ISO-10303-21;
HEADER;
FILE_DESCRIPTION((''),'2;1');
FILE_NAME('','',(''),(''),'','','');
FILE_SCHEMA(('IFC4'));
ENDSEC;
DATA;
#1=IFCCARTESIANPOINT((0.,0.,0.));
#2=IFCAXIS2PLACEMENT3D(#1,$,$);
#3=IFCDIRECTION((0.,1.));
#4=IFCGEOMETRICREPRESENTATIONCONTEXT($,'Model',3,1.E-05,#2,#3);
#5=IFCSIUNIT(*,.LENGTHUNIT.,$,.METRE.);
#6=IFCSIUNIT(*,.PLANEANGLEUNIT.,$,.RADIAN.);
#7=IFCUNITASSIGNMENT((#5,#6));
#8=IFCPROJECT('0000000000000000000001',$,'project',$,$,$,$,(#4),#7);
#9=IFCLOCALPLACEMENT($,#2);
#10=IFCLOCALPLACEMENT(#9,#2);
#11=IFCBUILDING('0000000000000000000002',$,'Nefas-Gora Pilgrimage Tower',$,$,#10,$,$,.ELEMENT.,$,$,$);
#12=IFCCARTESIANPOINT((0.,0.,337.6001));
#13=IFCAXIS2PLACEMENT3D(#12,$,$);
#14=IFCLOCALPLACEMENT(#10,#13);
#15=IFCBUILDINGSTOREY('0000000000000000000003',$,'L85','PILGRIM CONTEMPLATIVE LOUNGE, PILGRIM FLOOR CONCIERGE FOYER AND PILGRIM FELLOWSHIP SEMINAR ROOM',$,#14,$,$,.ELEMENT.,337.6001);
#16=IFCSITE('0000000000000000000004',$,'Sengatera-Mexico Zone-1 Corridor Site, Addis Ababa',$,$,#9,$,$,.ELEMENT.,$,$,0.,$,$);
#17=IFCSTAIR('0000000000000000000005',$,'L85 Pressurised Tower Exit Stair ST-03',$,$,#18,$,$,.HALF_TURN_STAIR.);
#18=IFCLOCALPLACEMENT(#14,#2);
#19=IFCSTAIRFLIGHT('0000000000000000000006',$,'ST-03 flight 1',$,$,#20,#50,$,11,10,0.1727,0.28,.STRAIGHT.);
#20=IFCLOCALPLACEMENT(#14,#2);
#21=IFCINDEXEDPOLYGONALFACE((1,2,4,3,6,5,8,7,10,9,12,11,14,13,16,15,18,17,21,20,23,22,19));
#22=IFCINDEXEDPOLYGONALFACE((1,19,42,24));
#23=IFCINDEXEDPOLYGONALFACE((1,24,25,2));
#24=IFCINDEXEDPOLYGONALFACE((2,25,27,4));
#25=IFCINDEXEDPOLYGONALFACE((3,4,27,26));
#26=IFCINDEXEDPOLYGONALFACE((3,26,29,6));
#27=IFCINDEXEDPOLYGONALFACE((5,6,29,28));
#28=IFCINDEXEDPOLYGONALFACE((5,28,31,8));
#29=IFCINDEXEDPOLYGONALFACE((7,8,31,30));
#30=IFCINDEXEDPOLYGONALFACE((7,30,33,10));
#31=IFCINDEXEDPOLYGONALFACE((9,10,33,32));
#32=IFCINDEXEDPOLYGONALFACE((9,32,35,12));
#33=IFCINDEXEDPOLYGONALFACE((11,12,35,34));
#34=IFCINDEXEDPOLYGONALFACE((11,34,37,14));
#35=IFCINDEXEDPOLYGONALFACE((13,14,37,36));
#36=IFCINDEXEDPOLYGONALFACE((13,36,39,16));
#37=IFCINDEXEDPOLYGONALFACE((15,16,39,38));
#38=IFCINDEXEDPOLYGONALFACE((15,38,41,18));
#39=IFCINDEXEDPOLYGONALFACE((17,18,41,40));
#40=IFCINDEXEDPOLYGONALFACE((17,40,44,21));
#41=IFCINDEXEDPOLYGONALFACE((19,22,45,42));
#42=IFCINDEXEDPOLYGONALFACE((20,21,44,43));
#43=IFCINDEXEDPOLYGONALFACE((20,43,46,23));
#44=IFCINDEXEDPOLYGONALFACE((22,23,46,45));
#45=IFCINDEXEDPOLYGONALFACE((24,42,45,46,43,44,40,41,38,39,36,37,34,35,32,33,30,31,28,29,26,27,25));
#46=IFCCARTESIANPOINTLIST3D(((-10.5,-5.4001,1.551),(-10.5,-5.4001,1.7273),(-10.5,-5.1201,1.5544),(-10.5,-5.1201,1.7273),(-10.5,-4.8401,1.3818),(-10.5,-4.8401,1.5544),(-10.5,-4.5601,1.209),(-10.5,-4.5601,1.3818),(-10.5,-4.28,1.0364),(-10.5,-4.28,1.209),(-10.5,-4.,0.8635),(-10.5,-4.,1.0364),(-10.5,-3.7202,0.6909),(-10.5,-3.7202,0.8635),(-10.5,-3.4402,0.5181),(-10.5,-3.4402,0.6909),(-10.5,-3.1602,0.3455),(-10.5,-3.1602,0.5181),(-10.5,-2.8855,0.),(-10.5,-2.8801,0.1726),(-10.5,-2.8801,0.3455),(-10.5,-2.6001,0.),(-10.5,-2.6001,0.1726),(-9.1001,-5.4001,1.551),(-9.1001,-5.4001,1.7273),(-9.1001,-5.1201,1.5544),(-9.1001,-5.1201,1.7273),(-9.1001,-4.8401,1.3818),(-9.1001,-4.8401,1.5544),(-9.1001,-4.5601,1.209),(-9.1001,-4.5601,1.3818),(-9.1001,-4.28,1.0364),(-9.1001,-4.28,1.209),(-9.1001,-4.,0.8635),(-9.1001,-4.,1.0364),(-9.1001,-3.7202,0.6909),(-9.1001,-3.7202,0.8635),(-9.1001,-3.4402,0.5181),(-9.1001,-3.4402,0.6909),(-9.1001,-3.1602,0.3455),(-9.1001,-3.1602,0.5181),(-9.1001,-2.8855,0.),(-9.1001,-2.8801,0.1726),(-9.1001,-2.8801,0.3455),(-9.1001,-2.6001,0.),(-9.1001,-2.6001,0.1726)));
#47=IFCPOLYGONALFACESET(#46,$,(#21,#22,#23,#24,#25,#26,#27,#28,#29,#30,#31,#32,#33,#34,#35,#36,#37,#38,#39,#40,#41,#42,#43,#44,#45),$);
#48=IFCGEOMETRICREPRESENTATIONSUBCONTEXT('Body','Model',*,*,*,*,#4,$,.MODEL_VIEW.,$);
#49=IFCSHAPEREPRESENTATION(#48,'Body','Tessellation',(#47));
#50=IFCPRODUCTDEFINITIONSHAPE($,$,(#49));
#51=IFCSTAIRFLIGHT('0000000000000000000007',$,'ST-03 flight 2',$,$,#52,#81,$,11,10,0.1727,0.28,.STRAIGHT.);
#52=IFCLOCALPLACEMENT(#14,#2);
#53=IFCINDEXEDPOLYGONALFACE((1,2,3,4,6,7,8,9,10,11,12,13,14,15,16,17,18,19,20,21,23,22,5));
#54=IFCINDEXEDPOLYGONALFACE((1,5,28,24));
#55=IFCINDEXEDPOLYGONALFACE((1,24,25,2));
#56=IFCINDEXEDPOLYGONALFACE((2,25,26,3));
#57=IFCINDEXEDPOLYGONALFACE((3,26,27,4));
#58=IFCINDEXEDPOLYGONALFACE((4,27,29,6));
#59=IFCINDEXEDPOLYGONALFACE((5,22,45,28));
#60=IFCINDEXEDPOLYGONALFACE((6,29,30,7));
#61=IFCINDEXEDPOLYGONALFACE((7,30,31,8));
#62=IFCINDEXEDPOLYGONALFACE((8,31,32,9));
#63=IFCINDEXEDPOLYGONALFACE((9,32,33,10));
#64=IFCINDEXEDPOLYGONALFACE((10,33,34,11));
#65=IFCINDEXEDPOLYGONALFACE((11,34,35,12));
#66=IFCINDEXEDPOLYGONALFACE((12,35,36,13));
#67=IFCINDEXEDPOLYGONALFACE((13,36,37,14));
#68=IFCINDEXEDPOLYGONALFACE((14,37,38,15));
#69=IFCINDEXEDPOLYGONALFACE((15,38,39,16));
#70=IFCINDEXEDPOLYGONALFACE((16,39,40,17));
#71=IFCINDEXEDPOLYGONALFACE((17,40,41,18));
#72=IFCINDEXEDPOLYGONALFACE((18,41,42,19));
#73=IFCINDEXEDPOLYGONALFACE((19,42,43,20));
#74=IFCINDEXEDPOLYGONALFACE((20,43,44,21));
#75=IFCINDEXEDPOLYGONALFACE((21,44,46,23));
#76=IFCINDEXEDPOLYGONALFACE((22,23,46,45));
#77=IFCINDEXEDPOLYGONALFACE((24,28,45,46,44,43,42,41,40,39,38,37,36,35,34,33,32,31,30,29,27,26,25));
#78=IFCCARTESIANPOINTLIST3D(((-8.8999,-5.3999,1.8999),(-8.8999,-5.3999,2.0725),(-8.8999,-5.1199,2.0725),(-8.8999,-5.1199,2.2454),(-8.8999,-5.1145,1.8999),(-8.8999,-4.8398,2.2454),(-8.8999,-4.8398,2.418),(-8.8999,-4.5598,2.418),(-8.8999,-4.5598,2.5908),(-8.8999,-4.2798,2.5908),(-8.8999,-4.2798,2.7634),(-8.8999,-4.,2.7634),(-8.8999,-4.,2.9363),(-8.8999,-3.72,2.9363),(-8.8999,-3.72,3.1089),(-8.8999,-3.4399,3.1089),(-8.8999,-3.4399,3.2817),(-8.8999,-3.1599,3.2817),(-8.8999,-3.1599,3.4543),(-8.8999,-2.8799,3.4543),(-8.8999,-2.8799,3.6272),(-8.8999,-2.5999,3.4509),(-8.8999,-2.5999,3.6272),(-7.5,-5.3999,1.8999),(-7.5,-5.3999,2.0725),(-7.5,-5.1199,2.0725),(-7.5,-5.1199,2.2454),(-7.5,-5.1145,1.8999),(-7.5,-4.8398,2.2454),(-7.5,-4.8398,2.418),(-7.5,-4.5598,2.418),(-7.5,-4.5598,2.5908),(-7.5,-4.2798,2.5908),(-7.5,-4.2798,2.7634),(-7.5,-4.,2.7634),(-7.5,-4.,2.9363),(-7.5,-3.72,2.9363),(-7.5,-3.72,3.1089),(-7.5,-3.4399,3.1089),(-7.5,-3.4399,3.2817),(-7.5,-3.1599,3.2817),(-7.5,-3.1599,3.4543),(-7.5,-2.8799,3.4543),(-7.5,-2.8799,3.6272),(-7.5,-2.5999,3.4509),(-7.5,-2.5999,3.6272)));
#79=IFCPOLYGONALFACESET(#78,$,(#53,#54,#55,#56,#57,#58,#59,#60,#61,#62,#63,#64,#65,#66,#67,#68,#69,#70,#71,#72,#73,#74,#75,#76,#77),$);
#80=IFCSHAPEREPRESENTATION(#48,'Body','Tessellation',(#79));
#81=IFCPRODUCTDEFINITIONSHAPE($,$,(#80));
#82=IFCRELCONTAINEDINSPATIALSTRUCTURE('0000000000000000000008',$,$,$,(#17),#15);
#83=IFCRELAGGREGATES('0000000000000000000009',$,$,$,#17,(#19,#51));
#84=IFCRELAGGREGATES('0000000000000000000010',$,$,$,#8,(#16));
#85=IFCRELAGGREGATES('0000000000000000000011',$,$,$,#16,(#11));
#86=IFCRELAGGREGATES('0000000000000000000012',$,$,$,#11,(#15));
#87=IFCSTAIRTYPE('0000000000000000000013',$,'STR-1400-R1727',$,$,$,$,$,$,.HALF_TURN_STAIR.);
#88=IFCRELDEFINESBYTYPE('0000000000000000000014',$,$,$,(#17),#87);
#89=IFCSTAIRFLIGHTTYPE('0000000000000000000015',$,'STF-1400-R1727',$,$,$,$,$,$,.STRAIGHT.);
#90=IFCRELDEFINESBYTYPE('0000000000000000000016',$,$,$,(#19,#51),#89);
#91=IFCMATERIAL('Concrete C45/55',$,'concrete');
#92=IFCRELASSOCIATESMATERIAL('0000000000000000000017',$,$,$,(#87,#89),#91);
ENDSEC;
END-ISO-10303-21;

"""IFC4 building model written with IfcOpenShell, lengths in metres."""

from ifc_helpers import new_model, si_unit, direction, frame, origin, place, context, subcontext, project, spatial, polyline, outline, extrude, source, transform, mapped, material, type_object, element, aggregate, save


model = new_model("IFC4")

# Units and contexts
model_context = context("Model", 3, precision=1e-05, world=origin(), true_north=direction((0.0, 1.0)))
body_context = subcontext(model_context, "Body", "Model", "MODEL_VIEW")
ifc_project = project(units=[si_unit("LENGTHUNIT", "METRE"), si_unit("PLANEANGLEUNIT", "RADIAN")], contexts=[model_context])

# Site, building, storey
site_placement = place(None, origin())
site = spatial("IfcSite", under=ifc_project, at=site_placement, Name="Sengatera-Mexico Zone-1 Corridor Site, Addis Ababa", CompositionType="ELEMENT", RefElevation=0.0)
building_placement = place(site_placement, origin())
building = spatial("IfcBuilding", under=site, at=building_placement, Name="Nefas-Gora Pilgrimage Tower", CompositionType="ELEMENT")
storey_placement = place(building_placement, frame((0.0, 0.0, 337.6001)))
storey = spatial("IfcBuildingStorey", under=building, at=storey_placement, Name="L85", Description="PILGRIM CONTEMPLATIVE LOUNGE, PILGRIM FLOOR CONCIERGE FOYER AND PILGRIM FELLOWSHIP SEMINAR ROOM", CompositionType="ELEMENT", Elevation=337.6001)

# Shared definitions
ifc_material_1 = material(Name="Concrete C45/55", Category="concrete")

# Stair, stair flights
stair_type = type_object("IfcStairType", Name="STR-1400-R1727", PredefinedType="HALF_TURN_STAIR", material=ifc_material_1)
stair_placement = place(storey_placement, origin())
stair = element("IfcStair", 1, at=stair_placement, inside=storey, type_object=stair_type, Name="L85 Pressurised Tower Exit Stair ST-03", PredefinedType="HALF_TURN_STAIR")
stair_flight_type = type_object("IfcStairFlightType", Name="STF-1400-R1727", PredefinedType="STRAIGHT", material=ifc_material_1)
shared_shape_1 = source(origin(), body_context, "Body", "SweptSolid", [
    extrude(outline(polyline([(0.0, 0.0), (0.0, 0.1726), (0.28, 0.1726), (0.28, 0.3455), (0.5601, 0.3455), (0.5601, 0.5181), (0.8401, 0.5181), (0.8401, 0.6909), (1.1201, 0.6909), (1.1201, 0.8635), (1.3999, 0.8635), (1.3999, 1.0364), (1.6799, 1.0364), (1.6799, 1.209), (1.96, 1.209), (1.96, 1.3818), (2.24, 1.3818), (2.24, 1.5544), (2.52, 1.5544), (2.52, 1.7273), (2.8, 1.7273), (2.8, 1.8999), (2.8, 1.551), (0.2854, 0.0), (0.0, 0.0)])), frame((0.0, 0.7, 0.0), z_axis=(0.0, -1.0, 0.0), x_axis=(1.0, 0.0, 0.0)), (0.0, 0.0, 1.0), 1.3999),
])
stair_flight_1_placement = place(storey_placement, frame((-9.8, -2.6001, 0.0), z_axis=(0.0, 0.0, 1.0), x_axis=(0.0, -1.0, 0.0)))
stair_flight_1 = element("IfcStairFlight", 2, at=stair_flight_1_placement, type_object=stair_flight_type, Name="ST-03 flight 1", NumberOfRisers=11, NumberOfTreads=10, PredefinedType="STRAIGHT", RiserHeight=0.1727, TreadLength=0.28, context=body_context, shape_type="MappedRepresentation", body=[
    mapped(shared_shape_1, transform((0.0, 0.0, 0.0), x_axis=(1.0, 0.0, 0.0), y_axis=(0.0, 1.0, 0.0), z_axis=(0.0, 0.0, 1.0), scale=1.0)),
])
stair_flight_2_placement = place(storey_placement, frame((-8.2, -5.3999, 1.8999), z_axis=(0.0, 0.0, 1.0), x_axis=(0.0, 1.0, 0.0)))
stair_flight_2 = element("IfcStairFlight", 3, at=stair_flight_2_placement, type_object=stair_flight_type, Name="ST-03 flight 2", NumberOfRisers=11, NumberOfTreads=10, PredefinedType="STRAIGHT", RiserHeight=0.1727, TreadLength=0.28, context=body_context, shape_type="MappedRepresentation", body=[
    mapped(shared_shape_1, transform((0.0, 0.0, 0.0), x_axis=(1.0, 0.0, 0.0), y_axis=(0.0, 1.0, 0.0), z_axis=(0.0, 0.0, 1.0), scale=1.0)),
])
aggregate(stair, [stair_flight_1, stair_flight_2])

save(model, "model.ifc")
